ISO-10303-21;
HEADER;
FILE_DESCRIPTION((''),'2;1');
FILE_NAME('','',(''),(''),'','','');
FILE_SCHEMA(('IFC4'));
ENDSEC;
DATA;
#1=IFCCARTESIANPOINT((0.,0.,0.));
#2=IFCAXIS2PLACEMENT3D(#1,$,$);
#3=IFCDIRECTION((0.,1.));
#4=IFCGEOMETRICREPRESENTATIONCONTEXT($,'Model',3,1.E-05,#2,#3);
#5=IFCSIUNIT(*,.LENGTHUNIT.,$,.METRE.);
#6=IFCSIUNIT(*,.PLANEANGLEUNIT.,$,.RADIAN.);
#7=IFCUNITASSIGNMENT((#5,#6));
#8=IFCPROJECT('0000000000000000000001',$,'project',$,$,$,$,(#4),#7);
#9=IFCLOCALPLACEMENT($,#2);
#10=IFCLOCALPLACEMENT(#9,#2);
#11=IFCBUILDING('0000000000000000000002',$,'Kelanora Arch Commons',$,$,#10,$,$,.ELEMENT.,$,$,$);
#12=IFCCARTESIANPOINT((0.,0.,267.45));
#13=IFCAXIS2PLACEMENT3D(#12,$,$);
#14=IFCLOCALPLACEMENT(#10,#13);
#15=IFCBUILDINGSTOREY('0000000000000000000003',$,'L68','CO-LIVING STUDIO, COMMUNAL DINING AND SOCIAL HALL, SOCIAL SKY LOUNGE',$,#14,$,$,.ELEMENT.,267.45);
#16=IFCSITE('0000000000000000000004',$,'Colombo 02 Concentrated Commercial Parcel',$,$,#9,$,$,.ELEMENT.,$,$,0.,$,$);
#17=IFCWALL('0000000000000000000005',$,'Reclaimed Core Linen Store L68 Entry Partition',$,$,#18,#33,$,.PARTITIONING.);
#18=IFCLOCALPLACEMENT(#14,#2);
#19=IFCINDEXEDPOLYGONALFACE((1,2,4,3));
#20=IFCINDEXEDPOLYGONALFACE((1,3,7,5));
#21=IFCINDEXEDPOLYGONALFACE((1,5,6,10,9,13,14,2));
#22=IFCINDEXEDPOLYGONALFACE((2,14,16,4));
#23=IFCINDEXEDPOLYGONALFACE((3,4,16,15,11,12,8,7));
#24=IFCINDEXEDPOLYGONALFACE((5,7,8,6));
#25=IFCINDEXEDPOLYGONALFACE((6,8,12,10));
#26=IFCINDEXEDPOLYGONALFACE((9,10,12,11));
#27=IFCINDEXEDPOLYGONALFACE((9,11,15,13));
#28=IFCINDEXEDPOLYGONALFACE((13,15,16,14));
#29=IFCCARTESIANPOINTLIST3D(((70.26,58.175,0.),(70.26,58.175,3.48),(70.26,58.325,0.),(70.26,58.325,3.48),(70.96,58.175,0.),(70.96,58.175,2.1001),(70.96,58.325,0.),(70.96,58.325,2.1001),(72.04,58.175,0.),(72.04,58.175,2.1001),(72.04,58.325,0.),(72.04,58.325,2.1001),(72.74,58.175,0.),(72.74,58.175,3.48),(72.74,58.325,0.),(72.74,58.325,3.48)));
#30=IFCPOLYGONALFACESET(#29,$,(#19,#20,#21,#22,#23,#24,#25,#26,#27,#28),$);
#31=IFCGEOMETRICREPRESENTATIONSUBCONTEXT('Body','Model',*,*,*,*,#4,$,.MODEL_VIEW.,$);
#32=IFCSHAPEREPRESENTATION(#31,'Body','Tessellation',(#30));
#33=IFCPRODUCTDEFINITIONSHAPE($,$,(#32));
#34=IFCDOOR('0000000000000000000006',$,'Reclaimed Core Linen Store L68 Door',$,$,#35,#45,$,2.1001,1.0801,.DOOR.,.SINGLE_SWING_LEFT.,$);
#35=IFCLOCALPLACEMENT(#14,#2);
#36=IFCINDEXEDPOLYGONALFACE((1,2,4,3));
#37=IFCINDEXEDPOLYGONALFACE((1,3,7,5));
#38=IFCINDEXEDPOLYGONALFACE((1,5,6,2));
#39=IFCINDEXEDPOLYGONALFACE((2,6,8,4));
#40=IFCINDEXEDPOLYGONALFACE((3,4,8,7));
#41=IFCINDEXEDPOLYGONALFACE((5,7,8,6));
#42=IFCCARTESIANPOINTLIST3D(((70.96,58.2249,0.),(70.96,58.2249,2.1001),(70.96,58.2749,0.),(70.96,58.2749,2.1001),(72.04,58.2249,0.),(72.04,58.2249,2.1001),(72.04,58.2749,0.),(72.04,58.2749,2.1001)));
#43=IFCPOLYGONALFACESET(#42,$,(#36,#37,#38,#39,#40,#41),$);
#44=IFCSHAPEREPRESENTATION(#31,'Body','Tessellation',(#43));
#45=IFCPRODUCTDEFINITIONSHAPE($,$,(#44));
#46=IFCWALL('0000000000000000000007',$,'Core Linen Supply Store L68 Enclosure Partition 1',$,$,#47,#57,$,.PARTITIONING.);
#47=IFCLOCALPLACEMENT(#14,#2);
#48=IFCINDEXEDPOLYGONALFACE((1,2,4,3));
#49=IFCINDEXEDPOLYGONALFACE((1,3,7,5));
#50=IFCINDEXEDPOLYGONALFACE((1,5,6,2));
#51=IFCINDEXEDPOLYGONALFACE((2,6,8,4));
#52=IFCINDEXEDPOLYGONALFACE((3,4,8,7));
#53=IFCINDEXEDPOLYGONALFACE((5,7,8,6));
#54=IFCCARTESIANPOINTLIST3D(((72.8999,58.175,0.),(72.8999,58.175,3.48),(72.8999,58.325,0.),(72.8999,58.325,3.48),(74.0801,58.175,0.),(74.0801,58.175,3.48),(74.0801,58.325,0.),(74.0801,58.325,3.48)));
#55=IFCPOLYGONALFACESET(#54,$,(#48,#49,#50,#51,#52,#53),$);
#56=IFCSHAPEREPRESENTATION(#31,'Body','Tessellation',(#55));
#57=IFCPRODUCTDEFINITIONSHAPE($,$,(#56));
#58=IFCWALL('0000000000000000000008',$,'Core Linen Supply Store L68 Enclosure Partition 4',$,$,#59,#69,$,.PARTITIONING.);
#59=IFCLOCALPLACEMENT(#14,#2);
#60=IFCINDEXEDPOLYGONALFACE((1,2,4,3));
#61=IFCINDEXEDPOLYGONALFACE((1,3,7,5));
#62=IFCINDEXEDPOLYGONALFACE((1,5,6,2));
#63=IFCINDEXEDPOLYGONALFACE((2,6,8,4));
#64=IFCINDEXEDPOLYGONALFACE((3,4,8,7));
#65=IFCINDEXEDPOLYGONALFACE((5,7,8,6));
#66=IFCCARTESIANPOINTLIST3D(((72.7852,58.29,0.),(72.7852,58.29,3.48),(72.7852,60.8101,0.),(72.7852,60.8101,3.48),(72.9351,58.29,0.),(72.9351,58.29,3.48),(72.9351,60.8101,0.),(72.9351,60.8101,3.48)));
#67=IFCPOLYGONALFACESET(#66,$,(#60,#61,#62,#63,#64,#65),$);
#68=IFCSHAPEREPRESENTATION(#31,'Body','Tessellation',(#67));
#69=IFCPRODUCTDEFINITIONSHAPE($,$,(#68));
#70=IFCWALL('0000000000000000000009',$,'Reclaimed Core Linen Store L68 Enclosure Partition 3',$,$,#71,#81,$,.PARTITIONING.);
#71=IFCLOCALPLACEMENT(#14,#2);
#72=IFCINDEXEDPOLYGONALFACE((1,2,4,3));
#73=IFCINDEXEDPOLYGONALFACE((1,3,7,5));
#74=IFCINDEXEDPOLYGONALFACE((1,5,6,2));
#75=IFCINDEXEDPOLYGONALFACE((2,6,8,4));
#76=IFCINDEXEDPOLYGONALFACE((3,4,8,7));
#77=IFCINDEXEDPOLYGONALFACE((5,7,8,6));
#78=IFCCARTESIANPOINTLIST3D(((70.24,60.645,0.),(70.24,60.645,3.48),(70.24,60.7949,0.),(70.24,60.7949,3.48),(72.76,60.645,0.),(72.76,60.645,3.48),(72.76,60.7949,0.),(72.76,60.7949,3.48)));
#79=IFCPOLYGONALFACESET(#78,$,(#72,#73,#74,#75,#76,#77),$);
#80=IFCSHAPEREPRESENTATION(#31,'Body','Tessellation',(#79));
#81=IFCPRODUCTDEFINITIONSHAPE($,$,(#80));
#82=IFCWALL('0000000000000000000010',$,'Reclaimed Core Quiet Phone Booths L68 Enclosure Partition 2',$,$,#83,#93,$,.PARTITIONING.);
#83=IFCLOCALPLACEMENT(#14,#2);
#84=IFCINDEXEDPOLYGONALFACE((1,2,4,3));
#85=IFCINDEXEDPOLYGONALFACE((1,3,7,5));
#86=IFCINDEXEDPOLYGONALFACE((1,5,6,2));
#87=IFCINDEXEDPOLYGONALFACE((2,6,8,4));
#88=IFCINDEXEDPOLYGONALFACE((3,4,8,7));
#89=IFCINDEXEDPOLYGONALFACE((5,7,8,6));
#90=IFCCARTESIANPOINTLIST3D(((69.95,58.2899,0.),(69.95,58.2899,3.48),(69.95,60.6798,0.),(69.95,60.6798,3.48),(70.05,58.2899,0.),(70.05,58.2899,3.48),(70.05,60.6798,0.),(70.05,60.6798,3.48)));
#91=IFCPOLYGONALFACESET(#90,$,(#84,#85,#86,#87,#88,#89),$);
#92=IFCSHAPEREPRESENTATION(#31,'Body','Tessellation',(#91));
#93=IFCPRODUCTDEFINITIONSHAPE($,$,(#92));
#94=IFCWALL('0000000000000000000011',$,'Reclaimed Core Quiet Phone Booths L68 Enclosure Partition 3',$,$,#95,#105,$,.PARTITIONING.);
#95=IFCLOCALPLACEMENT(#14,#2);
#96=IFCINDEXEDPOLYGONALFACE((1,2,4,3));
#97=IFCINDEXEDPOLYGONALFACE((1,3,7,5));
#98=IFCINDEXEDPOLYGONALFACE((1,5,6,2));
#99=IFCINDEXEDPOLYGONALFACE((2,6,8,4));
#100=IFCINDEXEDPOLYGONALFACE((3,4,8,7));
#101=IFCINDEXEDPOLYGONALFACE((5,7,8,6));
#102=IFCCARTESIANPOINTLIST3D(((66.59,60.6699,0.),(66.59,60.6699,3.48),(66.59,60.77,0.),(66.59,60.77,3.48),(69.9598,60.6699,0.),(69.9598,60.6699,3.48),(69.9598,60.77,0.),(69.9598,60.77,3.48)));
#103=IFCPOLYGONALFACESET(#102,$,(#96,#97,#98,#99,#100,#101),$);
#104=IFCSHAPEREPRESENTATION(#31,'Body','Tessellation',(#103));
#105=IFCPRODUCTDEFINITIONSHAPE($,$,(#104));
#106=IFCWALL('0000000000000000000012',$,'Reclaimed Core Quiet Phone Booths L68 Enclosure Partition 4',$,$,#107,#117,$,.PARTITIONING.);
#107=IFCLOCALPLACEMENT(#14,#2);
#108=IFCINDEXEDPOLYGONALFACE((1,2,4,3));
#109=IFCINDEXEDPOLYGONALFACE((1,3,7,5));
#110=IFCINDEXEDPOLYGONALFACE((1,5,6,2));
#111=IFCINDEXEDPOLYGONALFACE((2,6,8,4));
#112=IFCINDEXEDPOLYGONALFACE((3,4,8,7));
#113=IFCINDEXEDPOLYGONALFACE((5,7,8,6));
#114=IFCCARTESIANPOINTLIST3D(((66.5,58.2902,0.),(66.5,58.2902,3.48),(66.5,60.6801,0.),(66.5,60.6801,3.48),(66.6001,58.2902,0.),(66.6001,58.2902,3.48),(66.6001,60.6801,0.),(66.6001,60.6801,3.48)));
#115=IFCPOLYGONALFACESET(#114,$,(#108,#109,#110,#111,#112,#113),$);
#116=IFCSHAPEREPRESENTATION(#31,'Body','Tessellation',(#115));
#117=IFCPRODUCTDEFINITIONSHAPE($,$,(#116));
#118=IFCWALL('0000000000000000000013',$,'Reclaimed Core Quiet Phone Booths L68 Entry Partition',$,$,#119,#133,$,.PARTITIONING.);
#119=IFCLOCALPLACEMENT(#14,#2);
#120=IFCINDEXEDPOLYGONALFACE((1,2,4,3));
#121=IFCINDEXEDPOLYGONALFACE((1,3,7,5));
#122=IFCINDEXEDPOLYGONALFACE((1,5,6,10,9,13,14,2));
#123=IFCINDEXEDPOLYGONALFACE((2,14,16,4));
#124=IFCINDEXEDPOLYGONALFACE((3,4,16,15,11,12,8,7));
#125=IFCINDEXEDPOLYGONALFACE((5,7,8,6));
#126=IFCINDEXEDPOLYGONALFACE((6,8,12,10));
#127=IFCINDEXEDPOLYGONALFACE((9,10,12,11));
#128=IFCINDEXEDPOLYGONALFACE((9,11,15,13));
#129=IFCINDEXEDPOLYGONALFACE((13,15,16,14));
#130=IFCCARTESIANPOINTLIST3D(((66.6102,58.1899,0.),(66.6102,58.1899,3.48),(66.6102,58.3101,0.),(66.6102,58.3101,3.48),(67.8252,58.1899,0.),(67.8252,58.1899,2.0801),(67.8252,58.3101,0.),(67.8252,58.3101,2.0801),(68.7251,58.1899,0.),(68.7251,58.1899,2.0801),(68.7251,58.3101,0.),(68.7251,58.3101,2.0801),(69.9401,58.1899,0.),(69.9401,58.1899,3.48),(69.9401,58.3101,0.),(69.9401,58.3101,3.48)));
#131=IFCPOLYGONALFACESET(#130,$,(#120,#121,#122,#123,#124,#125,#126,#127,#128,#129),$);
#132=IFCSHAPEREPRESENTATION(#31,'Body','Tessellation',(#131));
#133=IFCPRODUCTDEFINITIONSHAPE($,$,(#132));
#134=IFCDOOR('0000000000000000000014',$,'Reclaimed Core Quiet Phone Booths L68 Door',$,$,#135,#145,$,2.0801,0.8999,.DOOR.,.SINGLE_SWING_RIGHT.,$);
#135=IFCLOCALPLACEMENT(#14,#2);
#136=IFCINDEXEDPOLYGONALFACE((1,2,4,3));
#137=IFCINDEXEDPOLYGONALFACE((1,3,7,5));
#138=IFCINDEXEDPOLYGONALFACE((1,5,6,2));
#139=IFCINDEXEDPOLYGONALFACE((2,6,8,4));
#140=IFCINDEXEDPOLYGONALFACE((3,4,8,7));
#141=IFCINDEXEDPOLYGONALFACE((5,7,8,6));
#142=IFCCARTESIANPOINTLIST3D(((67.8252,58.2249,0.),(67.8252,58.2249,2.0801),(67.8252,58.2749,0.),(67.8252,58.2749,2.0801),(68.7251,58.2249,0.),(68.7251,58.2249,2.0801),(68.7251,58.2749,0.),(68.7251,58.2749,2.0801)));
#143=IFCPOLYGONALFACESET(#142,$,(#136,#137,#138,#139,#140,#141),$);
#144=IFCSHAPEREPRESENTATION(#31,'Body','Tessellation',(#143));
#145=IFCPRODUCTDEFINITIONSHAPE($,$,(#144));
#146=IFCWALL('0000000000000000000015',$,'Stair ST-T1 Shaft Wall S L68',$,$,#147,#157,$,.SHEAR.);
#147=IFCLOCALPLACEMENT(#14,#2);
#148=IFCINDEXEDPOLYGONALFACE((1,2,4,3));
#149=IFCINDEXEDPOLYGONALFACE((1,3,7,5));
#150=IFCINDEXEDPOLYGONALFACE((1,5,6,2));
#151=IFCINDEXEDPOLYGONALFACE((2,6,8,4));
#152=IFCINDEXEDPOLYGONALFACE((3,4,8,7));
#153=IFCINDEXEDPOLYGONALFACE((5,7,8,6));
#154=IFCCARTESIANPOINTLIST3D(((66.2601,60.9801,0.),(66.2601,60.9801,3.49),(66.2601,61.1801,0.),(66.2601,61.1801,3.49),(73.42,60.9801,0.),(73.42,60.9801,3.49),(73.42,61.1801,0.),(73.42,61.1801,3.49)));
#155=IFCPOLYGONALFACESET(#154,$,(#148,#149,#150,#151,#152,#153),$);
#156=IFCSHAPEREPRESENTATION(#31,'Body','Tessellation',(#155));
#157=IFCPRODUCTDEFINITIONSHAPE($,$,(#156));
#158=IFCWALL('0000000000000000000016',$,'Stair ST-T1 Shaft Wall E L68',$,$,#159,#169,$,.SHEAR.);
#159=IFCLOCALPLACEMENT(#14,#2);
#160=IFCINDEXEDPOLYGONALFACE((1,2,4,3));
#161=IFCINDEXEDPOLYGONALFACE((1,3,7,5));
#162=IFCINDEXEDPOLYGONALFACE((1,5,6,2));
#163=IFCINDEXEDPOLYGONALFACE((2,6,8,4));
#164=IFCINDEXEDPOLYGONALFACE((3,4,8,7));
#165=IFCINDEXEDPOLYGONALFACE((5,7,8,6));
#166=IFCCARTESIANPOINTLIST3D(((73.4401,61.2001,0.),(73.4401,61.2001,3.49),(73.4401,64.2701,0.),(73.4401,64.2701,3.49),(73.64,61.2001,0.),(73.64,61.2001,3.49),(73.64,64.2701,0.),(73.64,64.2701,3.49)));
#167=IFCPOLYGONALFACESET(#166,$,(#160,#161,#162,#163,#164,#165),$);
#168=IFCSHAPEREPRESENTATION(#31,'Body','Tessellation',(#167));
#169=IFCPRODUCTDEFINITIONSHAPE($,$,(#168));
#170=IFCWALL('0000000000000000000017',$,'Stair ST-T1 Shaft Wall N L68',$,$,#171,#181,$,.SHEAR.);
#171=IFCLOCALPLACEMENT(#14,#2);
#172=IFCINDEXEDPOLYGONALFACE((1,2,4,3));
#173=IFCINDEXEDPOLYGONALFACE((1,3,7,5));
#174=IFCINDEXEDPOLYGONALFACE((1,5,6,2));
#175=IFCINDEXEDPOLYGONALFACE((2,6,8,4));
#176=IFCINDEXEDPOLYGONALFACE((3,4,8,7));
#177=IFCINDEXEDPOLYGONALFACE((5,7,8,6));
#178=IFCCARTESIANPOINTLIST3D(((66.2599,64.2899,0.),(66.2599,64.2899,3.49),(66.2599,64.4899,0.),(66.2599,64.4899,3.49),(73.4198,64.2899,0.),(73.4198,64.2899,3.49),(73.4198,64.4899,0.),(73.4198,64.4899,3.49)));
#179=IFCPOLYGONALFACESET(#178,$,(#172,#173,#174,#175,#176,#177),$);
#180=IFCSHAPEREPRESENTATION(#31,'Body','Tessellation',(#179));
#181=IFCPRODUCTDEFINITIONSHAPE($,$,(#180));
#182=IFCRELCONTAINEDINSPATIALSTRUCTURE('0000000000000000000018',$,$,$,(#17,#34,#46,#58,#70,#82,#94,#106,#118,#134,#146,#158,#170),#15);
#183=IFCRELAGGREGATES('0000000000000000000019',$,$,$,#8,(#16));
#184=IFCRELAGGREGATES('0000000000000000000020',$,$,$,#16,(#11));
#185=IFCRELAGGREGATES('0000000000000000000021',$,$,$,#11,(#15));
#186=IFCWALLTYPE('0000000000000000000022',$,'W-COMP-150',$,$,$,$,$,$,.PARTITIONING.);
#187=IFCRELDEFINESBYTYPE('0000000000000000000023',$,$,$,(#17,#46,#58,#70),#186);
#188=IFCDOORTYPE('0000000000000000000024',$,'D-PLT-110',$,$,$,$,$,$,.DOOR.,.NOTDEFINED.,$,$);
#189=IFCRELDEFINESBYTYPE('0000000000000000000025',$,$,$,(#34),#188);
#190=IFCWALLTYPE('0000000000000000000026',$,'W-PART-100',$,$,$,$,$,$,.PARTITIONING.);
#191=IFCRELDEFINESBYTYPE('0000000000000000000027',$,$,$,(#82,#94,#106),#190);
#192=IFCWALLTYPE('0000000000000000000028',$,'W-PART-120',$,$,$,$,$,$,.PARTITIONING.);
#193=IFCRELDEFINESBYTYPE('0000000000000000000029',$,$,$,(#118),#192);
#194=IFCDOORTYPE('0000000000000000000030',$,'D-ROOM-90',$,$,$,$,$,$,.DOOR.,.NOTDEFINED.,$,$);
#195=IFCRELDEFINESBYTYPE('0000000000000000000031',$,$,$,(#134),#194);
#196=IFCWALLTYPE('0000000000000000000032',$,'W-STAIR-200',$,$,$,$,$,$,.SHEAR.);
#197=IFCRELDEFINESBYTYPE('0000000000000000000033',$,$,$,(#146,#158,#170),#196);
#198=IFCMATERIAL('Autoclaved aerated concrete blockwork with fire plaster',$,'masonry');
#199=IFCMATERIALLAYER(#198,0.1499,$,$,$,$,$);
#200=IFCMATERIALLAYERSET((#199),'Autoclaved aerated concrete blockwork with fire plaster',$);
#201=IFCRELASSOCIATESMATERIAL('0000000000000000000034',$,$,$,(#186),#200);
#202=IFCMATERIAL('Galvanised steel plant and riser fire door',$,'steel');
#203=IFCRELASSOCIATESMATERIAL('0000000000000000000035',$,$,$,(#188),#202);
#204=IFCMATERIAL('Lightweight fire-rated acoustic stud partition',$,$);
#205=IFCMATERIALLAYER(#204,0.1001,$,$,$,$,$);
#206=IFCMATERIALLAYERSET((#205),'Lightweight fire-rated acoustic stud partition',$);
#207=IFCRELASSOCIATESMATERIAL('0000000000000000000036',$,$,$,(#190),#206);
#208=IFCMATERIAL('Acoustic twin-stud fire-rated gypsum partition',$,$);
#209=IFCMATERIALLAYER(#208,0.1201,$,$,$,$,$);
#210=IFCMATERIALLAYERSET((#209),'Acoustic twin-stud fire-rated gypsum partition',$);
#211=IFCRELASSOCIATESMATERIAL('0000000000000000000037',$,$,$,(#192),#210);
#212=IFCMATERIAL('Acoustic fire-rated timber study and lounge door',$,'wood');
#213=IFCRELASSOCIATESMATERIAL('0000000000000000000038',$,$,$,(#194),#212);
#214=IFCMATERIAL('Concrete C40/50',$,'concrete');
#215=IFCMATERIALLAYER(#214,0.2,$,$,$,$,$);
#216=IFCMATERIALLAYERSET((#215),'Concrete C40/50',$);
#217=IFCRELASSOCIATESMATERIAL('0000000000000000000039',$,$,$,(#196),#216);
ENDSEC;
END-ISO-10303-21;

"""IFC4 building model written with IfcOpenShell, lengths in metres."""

from ifc_helpers import new_model, si_unit, direction, frame, frame_2d, origin, place, context, subcontext, project, spatial, rectangle, extrude, material, layer, layer_set, type_object, element, fill, save


model = new_model("IFC4")

# Units and contexts
model_context = context("Model", 3, precision=1e-05, world=origin(), true_north=direction((0.0, 1.0)))
body_context = subcontext(model_context, "Body", "Model", "MODEL_VIEW")
ifc_project = project(units=[si_unit("LENGTHUNIT", "METRE"), si_unit("PLANEANGLEUNIT", "RADIAN")], contexts=[model_context])

# Site, building, storey
site_placement = place(None, origin())
site = spatial("IfcSite", under=ifc_project, at=site_placement, Name="Colombo 02 Concentrated Commercial Parcel", CompositionType="ELEMENT", RefElevation=0.0)
building_placement = place(site_placement, origin())
building = spatial("IfcBuilding", under=site, at=building_placement, Name="Kelanora Arch Commons", CompositionType="ELEMENT")
storey_placement = place(building_placement, frame((0.0, 0.0, 267.45)))
storey = spatial("IfcBuildingStorey", under=building, at=storey_placement, Name="L68", Description="CO-LIVING STUDIO, COMMUNAL DINING AND SOCIAL HALL, SOCIAL SKY LOUNGE", CompositionType="ELEMENT", Elevation=267.45)

# Wall, opening, door
ifc_material_1 = material(Name="Autoclaved aerated concrete blockwork with fire plaster", Category="masonry")
ifc_layer_1 = layer(ifc_material_1, 0.1499)
ifc_layer_set_1 = layer_set([ifc_layer_1], Name="Autoclaved aerated concrete blockwork with fire plaster")
wall_type_1 = type_object("IfcWallType", Name="W-COMP-150", PredefinedType="PARTITIONING", material=ifc_layer_set_1)
wall_1_placement = place(storey_placement, frame((70.26, 58.25, 0.0), z_axis=(0.0, 0.0, 1.0), x_axis=(1.0, 0.0, 0.0)))
wall_1 = element("IfcWall", 1, at=wall_1_placement, inside=storey, type_object=wall_type_1, Name="Reclaimed Core Linen Store L68 Entry Partition", PredefinedType="PARTITIONING", context=body_context, shape_type="SweptSolid", body=[
    extrude(rectangle(XDim=2.48, YDim=0.1499, at=frame_2d((1.24, 0.0))), origin(), (0.0, 0.0, 1.0), 3.48),
])
opening_1_placement = place(wall_1_placement, frame((0.7, 0.0, 0.0)))
opening_1 = element("IfcOpeningElement", 2, at=opening_1_placement, cuts=wall_1, PredefinedType="OPENING", context=body_context, shape_type="SweptSolid", body=[
    extrude(rectangle(XDim=1.0801, YDim=2.1001, at=frame_2d((0.54, 1.05))), frame((0.0, 0.085, 0.0), z_axis=(0.0, -1.0, 0.0), x_axis=(1.0, 0.0, 0.0)), (0.0, 0.0, 1.0), 0.1699),
])
ifc_material_2 = material(Name="Galvanised steel plant and riser fire door", Category="steel")
door_type_1 = type_object("IfcDoorType", Name="D-PLT-110", OperationType="NOTDEFINED", PredefinedType="DOOR", material=ifc_material_2)
door_1_placement = place(opening_1_placement, origin())
door_1 = element("IfcDoor", 3, at=door_1_placement, inside=storey, type_object=door_type_1, Name="Reclaimed Core Linen Store L68 Door", OperationType="SINGLE_SWING_LEFT", OverallHeight=2.1001, OverallWidth=1.0801, PredefinedType="DOOR", context=body_context, shape_type="SweptSolid", body=[
    extrude(rectangle(XDim=1.0801, YDim=2.1001, at=frame_2d((0.54, 1.05))), frame((0.0, 0.0249, 0.0), z_axis=(0.0, -1.0, 0.0), x_axis=(1.0, 0.0, 0.0)), (0.0, 0.0, 1.0), 0.05),
])
fill(opening_1, door_1)

# Walls
wall_2_placement = place(storey_placement, frame((72.8999, 58.25, 0.0), z_axis=(0.0, 0.0, 1.0), x_axis=(1.0, 0.0, 0.0)))
element("IfcWall", 4, at=wall_2_placement, inside=storey, type_object=wall_type_1, Name="Core Linen Supply Store L68 Enclosure Partition 1", PredefinedType="PARTITIONING", context=body_context, shape_type="SweptSolid", body=[
    extrude(rectangle(XDim=1.1802, YDim=0.1499, at=frame_2d((0.5901, 0.0))), origin(), (0.0, 0.0, 1.0), 3.48),
])
for number, where, z_axis, x_axis, name in (
    (5, (72.8601, 60.8101, 0.0), (0.0, 0.0, 1.0), (0.0, -1.0, 0.0), "Core Linen Supply Store L68 Enclosure Partition 4"),
    (6, (72.76, 60.72, 0.0), (0.0, 0.0, 1.0), (-1.0, 0.0, 0.0), "Reclaimed Core Linen Store L68 Enclosure Partition 3"),
):
    element("IfcWall", number, at=place(storey_placement, frame(where, z_axis=z_axis, x_axis=x_axis)), inside=storey, type_object=wall_type_1, Name=name, PredefinedType="PARTITIONING", context=body_context, shape_type="SweptSolid", body=[
        extrude(rectangle(XDim=2.52, YDim=0.1499, at=frame_2d((1.26, 0.0))), origin(), (0.0, 0.0, 1.0), 3.48),
    ])
ifc_material_3 = material(Name="Lightweight fire-rated acoustic stud partition")
ifc_layer_2 = layer(ifc_material_3, 0.1001)
ifc_layer_set_2 = layer_set([ifc_layer_2], Name="Lightweight fire-rated acoustic stud partition")
wall_type_2 = type_object("IfcWallType", Name="W-PART-100", PredefinedType="PARTITIONING", material=ifc_layer_set_2)
wall_3_placement = place(storey_placement, frame((70.0, 58.29, 0.0), z_axis=(0.0, 0.0, 1.0), x_axis=(0.0, 1.0, 0.0)))
element("IfcWall", 7, at=wall_3_placement, inside=storey, type_object=wall_type_2, Name="Reclaimed Core Quiet Phone Booths L68 Enclosure Partition 2", PredefinedType="PARTITIONING", context=body_context, shape_type="SweptSolid", body=[
    extrude(rectangle(XDim=2.3899, YDim=0.1001, at=frame_2d((1.1948, 0.0))), origin(), (0.0, 0.0, 1.0), 3.48),
])
wall_4_placement = place(storey_placement, frame((69.96, 60.72, 0.0), z_axis=(0.0, 0.0, 1.0), x_axis=(-1.0, 0.0, 0.0)))
element("IfcWall", 8, at=wall_4_placement, inside=storey, type_object=wall_type_2, Name="Reclaimed Core Quiet Phone Booths L68 Enclosure Partition 3", PredefinedType="PARTITIONING", context=body_context, shape_type="SweptSolid", body=[
    extrude(rectangle(XDim=3.3699, YDim=0.1001, at=frame_2d((1.6851, 0.0))), origin(), (0.0, 0.0, 1.0), 3.48),
])
wall_5_placement = place(storey_placement, frame((66.55, 60.6799, 0.0), z_axis=(0.0, 0.0, 1.0), x_axis=(0.0, -1.0, 0.0)))
element("IfcWall", 9, at=wall_5_placement, inside=storey, type_object=wall_type_2, Name="Reclaimed Core Quiet Phone Booths L68 Enclosure Partition 4", PredefinedType="PARTITIONING", context=body_context, shape_type="SweptSolid", body=[
    extrude(rectangle(XDim=2.3899, YDim=0.1001, at=frame_2d((1.1948, 0.0))), origin(), (0.0, 0.0, 1.0), 3.48),
])

# Wall, opening, door
ifc_material_4 = material(Name="Acoustic twin-stud fire-rated gypsum partition")
ifc_layer_3 = layer(ifc_material_4, 0.1201)
ifc_layer_set_3 = layer_set([ifc_layer_3], Name="Acoustic twin-stud fire-rated gypsum partition")
wall_type_3 = type_object("IfcWallType", Name="W-PART-120", PredefinedType="PARTITIONING", material=ifc_layer_set_3)
wall_6_placement = place(storey_placement, frame((66.6101, 58.25, 0.0), z_axis=(0.0, 0.0, 1.0), x_axis=(1.0, 0.0, 0.0)))
wall_6 = element("IfcWall", 10, at=wall_6_placement, inside=storey, type_object=wall_type_3, Name="Reclaimed Core Quiet Phone Booths L68 Entry Partition", PredefinedType="PARTITIONING", context=body_context, shape_type="SweptSolid", body=[
    extrude(rectangle(XDim=3.3298, YDim=0.1201, at=frame_2d((1.665, 0.0))), origin(), (0.0, 0.0, 1.0), 3.48),
])
opening_2_placement = place(wall_6_placement, frame((1.2151, 0.0, 0.0)))
opening_2 = element("IfcOpeningElement", 11, at=opening_2_placement, cuts=wall_6, PredefinedType="OPENING", context=body_context, shape_type="SweptSolid", body=[
    extrude(rectangle(XDim=0.8999, YDim=2.0801, at=frame_2d((0.45, 1.04))), frame((0.0, 0.0701, 0.0), z_axis=(0.0, -1.0, 0.0), x_axis=(1.0, 0.0, 0.0)), (0.0, 0.0, 1.0), 0.1401),
])
ifc_material_5 = material(Name="Acoustic fire-rated timber study and lounge door", Category="wood")
door_type_2 = type_object("IfcDoorType", Name="D-ROOM-90", OperationType="NOTDEFINED", PredefinedType="DOOR", material=ifc_material_5)
door_2_placement = place(opening_2_placement, origin())
door_2 = element("IfcDoor", 12, at=door_2_placement, inside=storey, type_object=door_type_2, Name="Reclaimed Core Quiet Phone Booths L68 Door", OperationType="SINGLE_SWING_RIGHT", OverallHeight=2.0801, OverallWidth=0.8999, PredefinedType="DOOR", context=body_context, shape_type="SweptSolid", body=[
    extrude(rectangle(XDim=0.8999, YDim=2.0801, at=frame_2d((0.45, 1.04))), frame((0.0, 0.0249, 0.0), z_axis=(0.0, -1.0, 0.0), x_axis=(1.0, 0.0, 0.0)), (0.0, 0.0, 1.0), 0.05),
])
fill(opening_2, door_2)

# Walls
ifc_material_6 = material(Name="Concrete C40/50", Category="concrete")
ifc_layer_4 = layer(ifc_material_6, 0.2)
ifc_layer_set_4 = layer_set([ifc_layer_4], Name="Concrete C40/50")
wall_type_4 = type_object("IfcWallType", Name="W-STAIR-200", PredefinedType="SHEAR", material=ifc_layer_set_4)
wall_7_placement = place(storey_placement, frame((66.26, 61.0801, 0.0), z_axis=(0.0, 0.0, 1.0), x_axis=(1.0, 0.0, 0.0)))
element("IfcWall", 13, at=wall_7_placement, inside=storey, type_object=wall_type_4, Name="Stair ST-T1 Shaft Wall S L68", PredefinedType="SHEAR", context=body_context, shape_type="SweptSolid", body=[
    extrude(rectangle(XDim=7.1599, YDim=0.2, at=frame_2d((3.5801, 0.0))), origin(), (0.0, 0.0, 1.0), 3.49),
])
wall_8_placement = place(storey_placement, frame((73.54, 61.2, 0.0), z_axis=(0.0, 0.0, 1.0), x_axis=(0.0, 1.0, 0.0)))
element("IfcWall", 14, at=wall_8_placement, inside=storey, type_object=wall_type_4, Name="Stair ST-T1 Shaft Wall E L68", PredefinedType="SHEAR", context=body_context, shape_type="SweptSolid", body=[
    extrude(rectangle(XDim=3.0701, YDim=0.2, at=frame_2d((1.5352, 0.0))), origin(), (0.0, 0.0, 1.0), 3.49),
])
wall_9_placement = place(storey_placement, frame((73.4199, 64.3899, 0.0), z_axis=(0.0, 0.0, 1.0), x_axis=(-1.0, 0.0, 0.0)))
element("IfcWall", 15, at=wall_9_placement, inside=storey, type_object=wall_type_4, Name="Stair ST-T1 Shaft Wall N L68", PredefinedType="SHEAR", context=body_context, shape_type="SweptSolid", body=[
    extrude(rectangle(XDim=7.1599, YDim=0.2, at=frame_2d((3.5801, 0.0))), origin(), (0.0, 0.0, 1.0), 3.49),
])

save(model, "model.ifc")
